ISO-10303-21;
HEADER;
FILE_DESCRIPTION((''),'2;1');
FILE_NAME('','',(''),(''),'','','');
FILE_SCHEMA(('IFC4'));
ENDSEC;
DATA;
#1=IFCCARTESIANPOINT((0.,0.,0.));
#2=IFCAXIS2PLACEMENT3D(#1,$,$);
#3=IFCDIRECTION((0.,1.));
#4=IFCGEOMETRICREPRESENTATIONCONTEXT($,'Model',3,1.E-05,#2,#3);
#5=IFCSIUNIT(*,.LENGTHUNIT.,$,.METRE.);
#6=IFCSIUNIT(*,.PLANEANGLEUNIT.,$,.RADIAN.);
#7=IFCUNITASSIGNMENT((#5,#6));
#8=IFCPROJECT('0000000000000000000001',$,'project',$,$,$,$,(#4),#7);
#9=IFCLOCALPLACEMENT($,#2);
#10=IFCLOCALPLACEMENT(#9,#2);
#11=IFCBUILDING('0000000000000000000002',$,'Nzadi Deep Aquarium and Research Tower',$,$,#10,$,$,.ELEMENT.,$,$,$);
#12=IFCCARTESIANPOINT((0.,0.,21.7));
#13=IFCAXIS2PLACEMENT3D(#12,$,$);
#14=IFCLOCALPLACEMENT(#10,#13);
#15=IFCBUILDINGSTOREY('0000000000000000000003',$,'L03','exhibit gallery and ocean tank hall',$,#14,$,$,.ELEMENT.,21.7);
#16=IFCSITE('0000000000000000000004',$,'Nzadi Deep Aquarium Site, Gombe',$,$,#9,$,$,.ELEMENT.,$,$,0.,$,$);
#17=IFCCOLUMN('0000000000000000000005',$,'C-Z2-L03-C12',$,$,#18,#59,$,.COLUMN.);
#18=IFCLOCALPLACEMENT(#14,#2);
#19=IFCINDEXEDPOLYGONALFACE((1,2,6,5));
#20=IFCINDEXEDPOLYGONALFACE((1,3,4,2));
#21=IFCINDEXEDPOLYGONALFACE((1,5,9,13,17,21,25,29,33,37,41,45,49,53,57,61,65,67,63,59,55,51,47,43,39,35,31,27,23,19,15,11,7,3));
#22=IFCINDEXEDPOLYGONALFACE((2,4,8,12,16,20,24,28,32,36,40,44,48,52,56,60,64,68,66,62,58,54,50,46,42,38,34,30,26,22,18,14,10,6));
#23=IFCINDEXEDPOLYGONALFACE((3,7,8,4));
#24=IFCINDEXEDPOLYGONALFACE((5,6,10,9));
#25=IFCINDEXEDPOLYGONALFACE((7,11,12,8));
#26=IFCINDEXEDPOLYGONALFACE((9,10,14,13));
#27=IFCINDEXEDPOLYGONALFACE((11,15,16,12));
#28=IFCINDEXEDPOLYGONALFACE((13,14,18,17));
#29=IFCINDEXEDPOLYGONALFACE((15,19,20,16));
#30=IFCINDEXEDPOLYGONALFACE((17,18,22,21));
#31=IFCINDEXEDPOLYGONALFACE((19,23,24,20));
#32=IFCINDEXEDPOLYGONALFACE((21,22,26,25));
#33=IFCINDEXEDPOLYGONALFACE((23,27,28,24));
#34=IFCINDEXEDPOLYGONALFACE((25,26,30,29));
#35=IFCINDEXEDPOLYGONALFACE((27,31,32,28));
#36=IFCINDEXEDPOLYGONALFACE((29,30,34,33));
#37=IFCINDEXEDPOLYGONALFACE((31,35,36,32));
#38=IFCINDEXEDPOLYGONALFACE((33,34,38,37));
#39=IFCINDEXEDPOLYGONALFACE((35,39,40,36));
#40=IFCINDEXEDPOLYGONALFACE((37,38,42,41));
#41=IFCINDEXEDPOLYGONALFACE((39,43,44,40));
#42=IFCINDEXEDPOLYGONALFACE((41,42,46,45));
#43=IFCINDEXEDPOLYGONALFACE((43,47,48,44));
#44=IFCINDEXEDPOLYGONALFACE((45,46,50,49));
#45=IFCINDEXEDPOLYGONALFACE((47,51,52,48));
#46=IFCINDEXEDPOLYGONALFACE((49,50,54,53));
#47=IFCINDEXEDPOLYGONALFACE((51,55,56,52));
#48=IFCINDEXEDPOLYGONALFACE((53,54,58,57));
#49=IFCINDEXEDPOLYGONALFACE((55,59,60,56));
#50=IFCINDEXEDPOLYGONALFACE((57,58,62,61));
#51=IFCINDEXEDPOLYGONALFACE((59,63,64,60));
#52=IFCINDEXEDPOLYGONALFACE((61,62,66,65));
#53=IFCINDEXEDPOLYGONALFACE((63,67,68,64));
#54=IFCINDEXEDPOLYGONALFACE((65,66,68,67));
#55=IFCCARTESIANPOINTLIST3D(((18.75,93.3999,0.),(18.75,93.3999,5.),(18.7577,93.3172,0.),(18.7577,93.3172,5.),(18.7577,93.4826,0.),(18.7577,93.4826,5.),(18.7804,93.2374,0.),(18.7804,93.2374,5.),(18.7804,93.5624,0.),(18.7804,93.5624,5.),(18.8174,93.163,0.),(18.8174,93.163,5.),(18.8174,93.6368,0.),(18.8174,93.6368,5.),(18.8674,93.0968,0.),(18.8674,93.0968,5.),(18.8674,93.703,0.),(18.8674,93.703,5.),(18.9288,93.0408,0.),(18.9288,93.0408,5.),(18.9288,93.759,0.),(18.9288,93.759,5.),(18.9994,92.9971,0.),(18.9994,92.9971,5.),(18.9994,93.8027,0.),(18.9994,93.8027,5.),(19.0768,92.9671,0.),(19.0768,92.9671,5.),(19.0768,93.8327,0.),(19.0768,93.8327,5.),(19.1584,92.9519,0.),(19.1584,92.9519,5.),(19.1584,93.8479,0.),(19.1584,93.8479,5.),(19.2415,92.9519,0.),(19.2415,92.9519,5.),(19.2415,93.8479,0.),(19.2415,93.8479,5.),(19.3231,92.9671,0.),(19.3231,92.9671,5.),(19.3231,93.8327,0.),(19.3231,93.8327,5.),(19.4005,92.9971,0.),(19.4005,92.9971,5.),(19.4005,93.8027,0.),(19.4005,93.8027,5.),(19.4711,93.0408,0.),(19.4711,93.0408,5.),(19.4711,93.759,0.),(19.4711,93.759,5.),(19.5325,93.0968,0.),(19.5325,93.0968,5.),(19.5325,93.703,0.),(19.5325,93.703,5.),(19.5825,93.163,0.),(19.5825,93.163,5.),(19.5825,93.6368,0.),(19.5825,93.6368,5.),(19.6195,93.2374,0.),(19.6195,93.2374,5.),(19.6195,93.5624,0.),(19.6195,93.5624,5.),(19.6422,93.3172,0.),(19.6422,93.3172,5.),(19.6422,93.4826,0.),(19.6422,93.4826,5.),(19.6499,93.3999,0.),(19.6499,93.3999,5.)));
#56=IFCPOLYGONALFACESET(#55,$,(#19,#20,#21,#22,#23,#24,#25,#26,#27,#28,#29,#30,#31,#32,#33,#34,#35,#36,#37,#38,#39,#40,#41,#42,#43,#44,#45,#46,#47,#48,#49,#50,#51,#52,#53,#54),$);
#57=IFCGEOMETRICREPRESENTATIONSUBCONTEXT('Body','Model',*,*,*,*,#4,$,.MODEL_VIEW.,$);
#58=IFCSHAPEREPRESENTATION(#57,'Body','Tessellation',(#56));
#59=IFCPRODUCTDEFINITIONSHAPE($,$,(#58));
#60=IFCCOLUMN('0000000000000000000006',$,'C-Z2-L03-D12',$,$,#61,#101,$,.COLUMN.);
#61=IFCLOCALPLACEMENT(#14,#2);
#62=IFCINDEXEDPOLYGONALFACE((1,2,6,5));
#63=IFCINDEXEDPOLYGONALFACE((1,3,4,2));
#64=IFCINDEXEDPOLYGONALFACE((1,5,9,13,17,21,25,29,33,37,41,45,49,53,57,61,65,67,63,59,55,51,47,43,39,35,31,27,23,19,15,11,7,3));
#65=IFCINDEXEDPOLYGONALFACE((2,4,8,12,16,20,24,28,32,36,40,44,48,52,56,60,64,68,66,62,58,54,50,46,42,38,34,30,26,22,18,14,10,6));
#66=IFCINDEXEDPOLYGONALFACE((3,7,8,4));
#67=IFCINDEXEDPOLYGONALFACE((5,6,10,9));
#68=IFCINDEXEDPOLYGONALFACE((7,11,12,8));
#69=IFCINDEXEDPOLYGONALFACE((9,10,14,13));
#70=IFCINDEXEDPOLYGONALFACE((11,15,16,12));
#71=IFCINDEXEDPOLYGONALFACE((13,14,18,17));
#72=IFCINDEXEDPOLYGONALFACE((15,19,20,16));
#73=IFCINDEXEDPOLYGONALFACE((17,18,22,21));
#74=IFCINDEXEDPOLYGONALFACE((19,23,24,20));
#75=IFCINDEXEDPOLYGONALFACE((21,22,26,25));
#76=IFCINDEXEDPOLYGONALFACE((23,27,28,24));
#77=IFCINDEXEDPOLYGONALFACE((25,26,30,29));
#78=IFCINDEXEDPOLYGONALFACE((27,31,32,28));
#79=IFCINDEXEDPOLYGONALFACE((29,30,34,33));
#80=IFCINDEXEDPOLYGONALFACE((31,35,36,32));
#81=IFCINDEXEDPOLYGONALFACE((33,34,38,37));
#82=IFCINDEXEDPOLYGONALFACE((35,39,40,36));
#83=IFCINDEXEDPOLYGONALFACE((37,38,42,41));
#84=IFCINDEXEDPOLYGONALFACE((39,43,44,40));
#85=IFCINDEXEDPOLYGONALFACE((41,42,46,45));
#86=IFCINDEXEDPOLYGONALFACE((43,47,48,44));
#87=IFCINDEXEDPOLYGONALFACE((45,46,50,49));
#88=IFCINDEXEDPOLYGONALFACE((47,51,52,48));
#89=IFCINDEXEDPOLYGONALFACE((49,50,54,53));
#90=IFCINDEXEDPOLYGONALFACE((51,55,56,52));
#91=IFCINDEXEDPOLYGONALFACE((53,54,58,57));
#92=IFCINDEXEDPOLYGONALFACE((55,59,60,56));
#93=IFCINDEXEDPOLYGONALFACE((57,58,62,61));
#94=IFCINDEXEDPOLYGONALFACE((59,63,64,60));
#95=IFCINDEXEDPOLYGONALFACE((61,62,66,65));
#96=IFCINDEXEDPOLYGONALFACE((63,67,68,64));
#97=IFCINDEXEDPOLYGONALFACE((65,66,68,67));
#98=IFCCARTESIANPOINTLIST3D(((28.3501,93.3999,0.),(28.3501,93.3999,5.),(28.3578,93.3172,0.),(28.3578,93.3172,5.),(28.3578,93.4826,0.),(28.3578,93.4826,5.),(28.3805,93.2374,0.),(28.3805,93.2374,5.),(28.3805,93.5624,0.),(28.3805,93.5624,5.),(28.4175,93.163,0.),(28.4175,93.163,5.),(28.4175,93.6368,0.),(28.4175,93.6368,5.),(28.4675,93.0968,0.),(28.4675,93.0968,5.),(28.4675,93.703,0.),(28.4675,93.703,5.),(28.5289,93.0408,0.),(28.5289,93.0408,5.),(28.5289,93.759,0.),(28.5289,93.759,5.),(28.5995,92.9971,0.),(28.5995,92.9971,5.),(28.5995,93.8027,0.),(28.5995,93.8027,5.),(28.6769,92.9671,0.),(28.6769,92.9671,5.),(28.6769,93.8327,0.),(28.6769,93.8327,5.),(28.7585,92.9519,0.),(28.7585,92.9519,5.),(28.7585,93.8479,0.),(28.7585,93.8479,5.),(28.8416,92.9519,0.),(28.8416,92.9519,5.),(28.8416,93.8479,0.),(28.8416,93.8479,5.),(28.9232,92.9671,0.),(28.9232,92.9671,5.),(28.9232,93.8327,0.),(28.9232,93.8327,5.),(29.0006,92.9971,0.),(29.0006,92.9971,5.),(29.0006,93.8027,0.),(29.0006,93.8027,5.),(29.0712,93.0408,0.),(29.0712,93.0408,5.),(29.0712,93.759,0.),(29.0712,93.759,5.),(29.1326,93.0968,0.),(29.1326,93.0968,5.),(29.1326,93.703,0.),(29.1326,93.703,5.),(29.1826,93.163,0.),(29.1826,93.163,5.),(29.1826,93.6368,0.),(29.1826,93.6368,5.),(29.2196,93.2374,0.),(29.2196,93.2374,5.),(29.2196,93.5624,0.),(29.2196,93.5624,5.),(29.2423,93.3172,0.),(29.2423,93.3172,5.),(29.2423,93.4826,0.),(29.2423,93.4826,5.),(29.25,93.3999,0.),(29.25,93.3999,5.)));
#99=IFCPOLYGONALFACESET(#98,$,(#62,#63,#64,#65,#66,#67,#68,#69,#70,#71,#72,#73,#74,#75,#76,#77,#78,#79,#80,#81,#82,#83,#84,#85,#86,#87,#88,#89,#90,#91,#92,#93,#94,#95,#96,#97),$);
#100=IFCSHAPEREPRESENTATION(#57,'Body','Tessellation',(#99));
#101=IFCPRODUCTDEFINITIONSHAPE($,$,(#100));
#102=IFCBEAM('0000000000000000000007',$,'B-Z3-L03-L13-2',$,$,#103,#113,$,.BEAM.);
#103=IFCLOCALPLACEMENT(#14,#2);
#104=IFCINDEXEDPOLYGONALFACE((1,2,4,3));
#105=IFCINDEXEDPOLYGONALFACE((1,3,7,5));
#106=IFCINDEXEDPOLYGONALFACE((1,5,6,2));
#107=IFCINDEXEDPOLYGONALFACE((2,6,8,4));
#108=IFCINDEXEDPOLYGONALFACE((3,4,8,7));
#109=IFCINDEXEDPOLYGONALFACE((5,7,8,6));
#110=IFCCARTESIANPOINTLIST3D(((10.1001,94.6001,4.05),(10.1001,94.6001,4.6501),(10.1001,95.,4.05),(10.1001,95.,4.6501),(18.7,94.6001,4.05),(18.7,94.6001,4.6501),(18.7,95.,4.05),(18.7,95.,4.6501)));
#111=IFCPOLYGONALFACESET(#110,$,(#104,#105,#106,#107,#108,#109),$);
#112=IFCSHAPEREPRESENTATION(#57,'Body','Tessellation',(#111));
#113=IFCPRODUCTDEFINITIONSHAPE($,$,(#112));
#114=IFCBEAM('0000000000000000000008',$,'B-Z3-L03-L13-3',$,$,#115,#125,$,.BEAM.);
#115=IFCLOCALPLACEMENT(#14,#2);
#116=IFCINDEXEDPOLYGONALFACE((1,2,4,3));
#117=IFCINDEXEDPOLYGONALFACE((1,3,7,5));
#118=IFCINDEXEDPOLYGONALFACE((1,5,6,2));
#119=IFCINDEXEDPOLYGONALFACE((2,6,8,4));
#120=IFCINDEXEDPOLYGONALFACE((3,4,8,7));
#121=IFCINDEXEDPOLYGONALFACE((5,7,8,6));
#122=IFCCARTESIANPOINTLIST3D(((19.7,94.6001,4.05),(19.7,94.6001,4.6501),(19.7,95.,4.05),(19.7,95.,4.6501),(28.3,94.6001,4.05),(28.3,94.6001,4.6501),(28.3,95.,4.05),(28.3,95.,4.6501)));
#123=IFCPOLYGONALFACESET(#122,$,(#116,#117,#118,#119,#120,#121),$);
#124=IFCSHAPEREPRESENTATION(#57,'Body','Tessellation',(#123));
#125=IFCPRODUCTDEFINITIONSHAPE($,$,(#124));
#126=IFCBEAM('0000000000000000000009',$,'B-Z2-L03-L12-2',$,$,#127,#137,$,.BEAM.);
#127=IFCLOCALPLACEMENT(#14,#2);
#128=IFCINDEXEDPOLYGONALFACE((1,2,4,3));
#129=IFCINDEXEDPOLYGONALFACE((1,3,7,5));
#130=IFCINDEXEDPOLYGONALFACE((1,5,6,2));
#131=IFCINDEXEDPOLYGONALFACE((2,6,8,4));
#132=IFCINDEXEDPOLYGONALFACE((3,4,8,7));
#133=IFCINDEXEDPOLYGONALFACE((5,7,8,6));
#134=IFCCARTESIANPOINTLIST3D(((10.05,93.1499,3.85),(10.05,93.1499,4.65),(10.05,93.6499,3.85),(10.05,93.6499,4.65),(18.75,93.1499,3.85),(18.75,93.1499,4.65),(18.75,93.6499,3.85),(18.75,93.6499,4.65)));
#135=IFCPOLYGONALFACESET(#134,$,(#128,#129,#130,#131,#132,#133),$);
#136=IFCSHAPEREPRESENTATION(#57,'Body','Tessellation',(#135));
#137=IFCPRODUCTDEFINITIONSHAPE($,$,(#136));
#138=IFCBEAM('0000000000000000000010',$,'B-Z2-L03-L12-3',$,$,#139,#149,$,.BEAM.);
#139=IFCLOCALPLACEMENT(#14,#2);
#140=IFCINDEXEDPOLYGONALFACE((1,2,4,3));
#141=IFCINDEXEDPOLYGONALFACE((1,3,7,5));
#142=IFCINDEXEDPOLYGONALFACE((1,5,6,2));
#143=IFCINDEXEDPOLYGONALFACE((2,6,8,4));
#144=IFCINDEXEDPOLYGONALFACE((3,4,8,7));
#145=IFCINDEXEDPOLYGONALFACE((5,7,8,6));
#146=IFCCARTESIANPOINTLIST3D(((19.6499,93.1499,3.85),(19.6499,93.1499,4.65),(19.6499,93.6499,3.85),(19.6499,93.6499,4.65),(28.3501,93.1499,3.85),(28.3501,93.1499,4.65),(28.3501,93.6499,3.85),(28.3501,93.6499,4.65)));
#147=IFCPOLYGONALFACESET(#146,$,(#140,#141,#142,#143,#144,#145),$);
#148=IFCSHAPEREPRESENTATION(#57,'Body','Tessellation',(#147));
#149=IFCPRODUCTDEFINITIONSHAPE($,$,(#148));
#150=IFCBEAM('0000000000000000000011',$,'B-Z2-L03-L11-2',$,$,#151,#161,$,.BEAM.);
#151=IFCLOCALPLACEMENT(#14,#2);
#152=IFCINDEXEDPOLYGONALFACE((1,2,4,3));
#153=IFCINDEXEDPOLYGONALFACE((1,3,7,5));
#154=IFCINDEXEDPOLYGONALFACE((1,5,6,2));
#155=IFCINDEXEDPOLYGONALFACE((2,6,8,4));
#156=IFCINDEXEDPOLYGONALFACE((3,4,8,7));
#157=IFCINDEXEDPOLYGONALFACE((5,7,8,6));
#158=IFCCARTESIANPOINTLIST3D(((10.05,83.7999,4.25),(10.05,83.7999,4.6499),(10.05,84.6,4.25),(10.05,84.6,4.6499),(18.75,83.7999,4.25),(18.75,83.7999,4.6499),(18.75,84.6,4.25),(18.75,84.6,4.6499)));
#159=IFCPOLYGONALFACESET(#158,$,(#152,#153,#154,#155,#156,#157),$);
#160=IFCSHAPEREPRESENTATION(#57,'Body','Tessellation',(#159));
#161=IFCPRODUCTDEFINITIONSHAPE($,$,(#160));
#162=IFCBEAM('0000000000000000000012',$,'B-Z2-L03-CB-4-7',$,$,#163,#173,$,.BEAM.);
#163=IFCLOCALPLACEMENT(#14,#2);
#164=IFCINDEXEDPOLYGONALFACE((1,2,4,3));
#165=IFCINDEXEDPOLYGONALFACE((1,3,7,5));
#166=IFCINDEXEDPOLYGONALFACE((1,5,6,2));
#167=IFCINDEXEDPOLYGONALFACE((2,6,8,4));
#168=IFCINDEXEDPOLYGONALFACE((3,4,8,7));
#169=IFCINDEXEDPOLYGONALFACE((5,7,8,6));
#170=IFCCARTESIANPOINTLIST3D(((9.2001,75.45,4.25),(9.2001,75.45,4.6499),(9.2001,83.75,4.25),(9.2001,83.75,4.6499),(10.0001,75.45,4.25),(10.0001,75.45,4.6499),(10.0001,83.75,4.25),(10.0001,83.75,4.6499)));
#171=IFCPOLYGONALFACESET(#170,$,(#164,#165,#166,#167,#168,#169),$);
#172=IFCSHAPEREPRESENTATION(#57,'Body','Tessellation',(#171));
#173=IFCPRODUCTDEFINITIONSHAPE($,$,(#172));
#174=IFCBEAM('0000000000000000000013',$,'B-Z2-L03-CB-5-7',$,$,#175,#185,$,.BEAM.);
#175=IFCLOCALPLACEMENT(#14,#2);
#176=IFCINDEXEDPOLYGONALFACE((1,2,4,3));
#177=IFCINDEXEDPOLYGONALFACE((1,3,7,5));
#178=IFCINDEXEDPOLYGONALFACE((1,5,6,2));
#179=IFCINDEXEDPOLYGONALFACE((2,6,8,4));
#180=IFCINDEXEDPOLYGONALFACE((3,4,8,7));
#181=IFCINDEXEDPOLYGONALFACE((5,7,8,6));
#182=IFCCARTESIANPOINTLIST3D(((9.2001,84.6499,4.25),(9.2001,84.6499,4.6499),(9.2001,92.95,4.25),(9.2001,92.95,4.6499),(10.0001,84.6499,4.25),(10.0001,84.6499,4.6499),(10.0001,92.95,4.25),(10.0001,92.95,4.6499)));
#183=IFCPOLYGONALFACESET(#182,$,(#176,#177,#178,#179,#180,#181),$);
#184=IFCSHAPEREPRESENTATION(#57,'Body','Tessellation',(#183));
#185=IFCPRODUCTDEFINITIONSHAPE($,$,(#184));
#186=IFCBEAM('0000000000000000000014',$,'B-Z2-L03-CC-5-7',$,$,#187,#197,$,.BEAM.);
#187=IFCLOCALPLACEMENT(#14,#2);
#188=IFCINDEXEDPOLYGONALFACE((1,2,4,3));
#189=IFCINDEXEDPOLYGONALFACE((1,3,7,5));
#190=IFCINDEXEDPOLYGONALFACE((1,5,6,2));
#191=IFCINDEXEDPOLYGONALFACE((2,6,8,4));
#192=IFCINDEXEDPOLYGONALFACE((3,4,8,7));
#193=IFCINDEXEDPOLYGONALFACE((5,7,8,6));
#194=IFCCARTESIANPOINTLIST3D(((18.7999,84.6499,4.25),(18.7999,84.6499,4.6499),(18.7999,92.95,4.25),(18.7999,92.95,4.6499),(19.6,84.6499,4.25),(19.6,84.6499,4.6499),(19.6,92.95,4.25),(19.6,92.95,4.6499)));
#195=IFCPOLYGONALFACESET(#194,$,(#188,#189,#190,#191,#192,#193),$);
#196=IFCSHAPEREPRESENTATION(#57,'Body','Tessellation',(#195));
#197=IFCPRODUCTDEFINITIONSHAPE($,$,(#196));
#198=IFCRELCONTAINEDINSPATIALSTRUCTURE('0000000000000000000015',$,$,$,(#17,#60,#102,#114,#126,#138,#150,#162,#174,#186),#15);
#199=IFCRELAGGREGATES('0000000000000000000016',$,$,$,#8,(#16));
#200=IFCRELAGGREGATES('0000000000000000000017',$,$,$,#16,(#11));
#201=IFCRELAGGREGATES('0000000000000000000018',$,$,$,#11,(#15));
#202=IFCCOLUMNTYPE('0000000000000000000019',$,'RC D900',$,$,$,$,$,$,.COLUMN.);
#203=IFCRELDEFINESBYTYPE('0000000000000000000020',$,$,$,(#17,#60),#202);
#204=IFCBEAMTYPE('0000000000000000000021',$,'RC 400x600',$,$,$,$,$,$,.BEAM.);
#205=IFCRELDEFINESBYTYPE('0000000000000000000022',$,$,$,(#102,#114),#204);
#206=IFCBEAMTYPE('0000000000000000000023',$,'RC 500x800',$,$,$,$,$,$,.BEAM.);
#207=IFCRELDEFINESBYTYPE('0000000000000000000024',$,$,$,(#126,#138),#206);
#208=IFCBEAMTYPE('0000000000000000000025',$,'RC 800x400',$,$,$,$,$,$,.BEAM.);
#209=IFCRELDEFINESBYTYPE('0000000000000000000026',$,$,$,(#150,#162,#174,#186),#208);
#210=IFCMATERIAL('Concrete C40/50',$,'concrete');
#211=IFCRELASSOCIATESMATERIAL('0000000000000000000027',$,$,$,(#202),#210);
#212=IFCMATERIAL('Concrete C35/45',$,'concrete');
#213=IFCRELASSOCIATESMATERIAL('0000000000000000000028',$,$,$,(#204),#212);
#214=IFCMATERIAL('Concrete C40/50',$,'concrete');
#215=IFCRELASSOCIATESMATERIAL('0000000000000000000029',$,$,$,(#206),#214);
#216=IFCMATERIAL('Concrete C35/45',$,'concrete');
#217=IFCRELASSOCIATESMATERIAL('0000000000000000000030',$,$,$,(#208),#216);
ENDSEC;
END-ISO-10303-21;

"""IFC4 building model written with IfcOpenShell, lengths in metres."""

from ifc_helpers import new_model, si_unit, direction, frame, origin, origin_2d, place, context, subcontext, project, spatial, rectangle, circle, extrude, material, material_profile, profile_set, type_object, element, save


model = new_model("IFC4")

# Units and contexts
model_context = context("Model", 3, precision=1e-05, world=origin(), true_north=direction((0.0, 1.0)))
body_context = subcontext(model_context, "Body", "Model", "MODEL_VIEW")
ifc_project = project(units=[si_unit("LENGTHUNIT", "METRE"), si_unit("PLANEANGLEUNIT", "RADIAN")], contexts=[model_context])

# Site, building, storey
site_placement = place(None, origin())
site = spatial("IfcSite", under=ifc_project, at=site_placement, Name="Nzadi Deep Aquarium Site, Gombe", CompositionType="ELEMENT", RefElevation=0.0)
building_placement = place(site_placement, origin())
building = spatial("IfcBuilding", under=site, at=building_placement, Name="Nzadi Deep Aquarium and Research Tower", CompositionType="ELEMENT")
storey_placement = place(building_placement, frame((0.0, 0.0, 21.7)))
storey = spatial("IfcBuildingStorey", under=building, at=storey_placement, Name="L03", Description="exhibit gallery and ocean tank hall", CompositionType="ELEMENT", Elevation=21.7)

# Columns
ifc_material_1 = material(Name="Concrete C40/50", Category="concrete")
ifc_material_profile_1 = material_profile(ifc_material_1, circle(Radius=0.45, at=origin_2d()))
ifc_profile_set_1 = profile_set([ifc_material_profile_1], Name="Concrete C40/50")
column_type_1 = type_object("IfcColumnType", Name="RC D900", PredefinedType="COLUMN", material=ifc_profile_set_1)
for number, where, z_axis, x_axis, name in (
    (1, (19.2, 93.3999, 0.0), (0.0, 0.0, 1.0), (1.0, 0.0, 0.0), "C-Z2-L03-C12"),
    (2, (28.8, 93.3999, 0.0), (0.0, 0.0, 1.0), (1.0, 0.0, 0.0), "C-Z2-L03-D12"),
):
    element("IfcColumn", number, at=place(storey_placement, frame(where, z_axis=z_axis, x_axis=x_axis)), inside=storey, type_object=column_type_1, Name=name, PredefinedType="COLUMN", context=body_context, shape_type="SweptSolid", body=[
        extrude(circle(Radius=0.45, at=origin_2d()), origin(), (0.0, 0.0, 1.0), 5.0),
    ])

# Beams
ifc_material_2 = material(Name="Concrete C35/45", Category="concrete")
ifc_material_profile_2 = material_profile(ifc_material_2, rectangle(XDim=0.3999, YDim=0.6001, at=origin_2d()))
ifc_profile_set_2 = profile_set([ifc_material_profile_2], Name="Concrete C35/45")
beam_type_1 = type_object("IfcBeamType", Name="RC 400x600", PredefinedType="BEAM", material=ifc_profile_set_2)
beam_1_placement = place(storey_placement, frame((10.1001, 94.8, 4.3501), z_axis=(1.0, 0.0, 0.0), x_axis=(0.0, 1.0, 0.0)))
element("IfcBeam", 3, at=beam_1_placement, inside=storey, type_object=beam_type_1, Name="B-Z3-L03-L13-2", PredefinedType="BEAM", context=body_context, shape_type="SweptSolid", body=[
    extrude(rectangle(XDim=0.3999, YDim=0.6001, at=origin_2d()), origin(), (0.0, 0.0, 1.0), 8.5999),
])
beam_2_placement = place(storey_placement, frame((19.7, 94.8, 4.3501), z_axis=(1.0, 0.0, 0.0), x_axis=(0.0, 1.0, 0.0)))
element("IfcBeam", 4, at=beam_2_placement, inside=storey, type_object=beam_type_1, Name="B-Z3-L03-L13-3", PredefinedType="BEAM", context=body_context, shape_type="SweptSolid", body=[
    extrude(rectangle(XDim=0.3999, YDim=0.6001, at=origin_2d()), origin(), (0.0, 0.0, 1.0), 8.6001),
])
ifc_material_3 = material(Name="Concrete C40/50", Category="concrete")
ifc_material_profile_3 = material_profile(ifc_material_3, rectangle(XDim=0.5, YDim=0.8, at=origin_2d()))
ifc_profile_set_3 = profile_set([ifc_material_profile_3], Name="Concrete C40/50")
beam_type_2 = type_object("IfcBeamType", Name="RC 500x800", PredefinedType="BEAM", material=ifc_profile_set_3)
beam_3_placement = place(storey_placement, frame((10.05, 93.3999, 4.25), z_axis=(1.0, 0.0, 0.0), x_axis=(0.0, 1.0, 0.0)))
element("IfcBeam", 5, at=beam_3_placement, inside=storey, type_object=beam_type_2, Name="B-Z2-L03-L12-2", PredefinedType="BEAM", context=body_context, shape_type="SweptSolid", body=[
    extrude(rectangle(XDim=0.5, YDim=0.8, at=origin_2d()), origin(), (0.0, 0.0, 1.0), 8.7),
])
beam_4_placement = place(storey_placement, frame((19.6499, 93.3999, 4.25), z_axis=(1.0, 0.0, 0.0), x_axis=(0.0, 1.0, 0.0)))
element("IfcBeam", 6, at=beam_4_placement, inside=storey, type_object=beam_type_2, Name="B-Z2-L03-L12-3", PredefinedType="BEAM", context=body_context, shape_type="SweptSolid", body=[
    extrude(rectangle(XDim=0.5, YDim=0.8, at=origin_2d()), origin(), (0.0, 0.0, 1.0), 8.7002),
])
ifc_material_4 = material(Name="Concrete C35/45", Category="concrete")
ifc_material_profile_4 = material_profile(ifc_material_4, rectangle(XDim=0.8, YDim=0.3999, at=origin_2d()))
ifc_profile_set_4 = profile_set([ifc_material_profile_4], Name="Concrete C35/45")
beam_type_3 = type_object("IfcBeamType", Name="RC 800x400", PredefinedType="BEAM", material=ifc_profile_set_4)
beam_5_placement = place(storey_placement, frame((10.05, 84.2, 4.45), z_axis=(1.0, 0.0, 0.0), x_axis=(0.0, 1.0, 0.0)))
element("IfcBeam", 7, at=beam_5_placement, inside=storey, type_object=beam_type_3, Name="B-Z2-L03-L11-2", PredefinedType="BEAM", context=body_context, shape_type="SweptSolid", body=[
    extrude(rectangle(XDim=0.8, YDim=0.3999, at=origin_2d()), origin(), (0.0, 0.0, 1.0), 8.7),
])
for number, where, z_axis, x_axis, name in (
    (8, (9.6001, 75.45, 4.45), (0.0, 1.0, 0.0), (-1.0, 0.0, 0.0), "B-Z2-L03-CB-4-7"),
    (9, (9.6001, 84.6499, 4.45), (0.0, 1.0, 0.0), (-1.0, 0.0, 0.0), "B-Z2-L03-CB-5-7"),
    (10, (19.2, 84.6499, 4.45), (0.0, 1.0, 0.0), (-1.0, 0.0, 0.0), "B-Z2-L03-CC-5-7"),
):
    element("IfcBeam", number, at=place(storey_placement, frame(where, z_axis=z_axis, x_axis=x_axis)), inside=storey, type_object=beam_type_3, Name=name, PredefinedType="BEAM", context=body_context, shape_type="SweptSolid", body=[
        extrude(rectangle(XDim=0.8, YDim=0.3999, at=origin_2d()), origin(), (0.0, 0.0, 1.0), 8.3),
    ])

save(model, "model.ifc")
